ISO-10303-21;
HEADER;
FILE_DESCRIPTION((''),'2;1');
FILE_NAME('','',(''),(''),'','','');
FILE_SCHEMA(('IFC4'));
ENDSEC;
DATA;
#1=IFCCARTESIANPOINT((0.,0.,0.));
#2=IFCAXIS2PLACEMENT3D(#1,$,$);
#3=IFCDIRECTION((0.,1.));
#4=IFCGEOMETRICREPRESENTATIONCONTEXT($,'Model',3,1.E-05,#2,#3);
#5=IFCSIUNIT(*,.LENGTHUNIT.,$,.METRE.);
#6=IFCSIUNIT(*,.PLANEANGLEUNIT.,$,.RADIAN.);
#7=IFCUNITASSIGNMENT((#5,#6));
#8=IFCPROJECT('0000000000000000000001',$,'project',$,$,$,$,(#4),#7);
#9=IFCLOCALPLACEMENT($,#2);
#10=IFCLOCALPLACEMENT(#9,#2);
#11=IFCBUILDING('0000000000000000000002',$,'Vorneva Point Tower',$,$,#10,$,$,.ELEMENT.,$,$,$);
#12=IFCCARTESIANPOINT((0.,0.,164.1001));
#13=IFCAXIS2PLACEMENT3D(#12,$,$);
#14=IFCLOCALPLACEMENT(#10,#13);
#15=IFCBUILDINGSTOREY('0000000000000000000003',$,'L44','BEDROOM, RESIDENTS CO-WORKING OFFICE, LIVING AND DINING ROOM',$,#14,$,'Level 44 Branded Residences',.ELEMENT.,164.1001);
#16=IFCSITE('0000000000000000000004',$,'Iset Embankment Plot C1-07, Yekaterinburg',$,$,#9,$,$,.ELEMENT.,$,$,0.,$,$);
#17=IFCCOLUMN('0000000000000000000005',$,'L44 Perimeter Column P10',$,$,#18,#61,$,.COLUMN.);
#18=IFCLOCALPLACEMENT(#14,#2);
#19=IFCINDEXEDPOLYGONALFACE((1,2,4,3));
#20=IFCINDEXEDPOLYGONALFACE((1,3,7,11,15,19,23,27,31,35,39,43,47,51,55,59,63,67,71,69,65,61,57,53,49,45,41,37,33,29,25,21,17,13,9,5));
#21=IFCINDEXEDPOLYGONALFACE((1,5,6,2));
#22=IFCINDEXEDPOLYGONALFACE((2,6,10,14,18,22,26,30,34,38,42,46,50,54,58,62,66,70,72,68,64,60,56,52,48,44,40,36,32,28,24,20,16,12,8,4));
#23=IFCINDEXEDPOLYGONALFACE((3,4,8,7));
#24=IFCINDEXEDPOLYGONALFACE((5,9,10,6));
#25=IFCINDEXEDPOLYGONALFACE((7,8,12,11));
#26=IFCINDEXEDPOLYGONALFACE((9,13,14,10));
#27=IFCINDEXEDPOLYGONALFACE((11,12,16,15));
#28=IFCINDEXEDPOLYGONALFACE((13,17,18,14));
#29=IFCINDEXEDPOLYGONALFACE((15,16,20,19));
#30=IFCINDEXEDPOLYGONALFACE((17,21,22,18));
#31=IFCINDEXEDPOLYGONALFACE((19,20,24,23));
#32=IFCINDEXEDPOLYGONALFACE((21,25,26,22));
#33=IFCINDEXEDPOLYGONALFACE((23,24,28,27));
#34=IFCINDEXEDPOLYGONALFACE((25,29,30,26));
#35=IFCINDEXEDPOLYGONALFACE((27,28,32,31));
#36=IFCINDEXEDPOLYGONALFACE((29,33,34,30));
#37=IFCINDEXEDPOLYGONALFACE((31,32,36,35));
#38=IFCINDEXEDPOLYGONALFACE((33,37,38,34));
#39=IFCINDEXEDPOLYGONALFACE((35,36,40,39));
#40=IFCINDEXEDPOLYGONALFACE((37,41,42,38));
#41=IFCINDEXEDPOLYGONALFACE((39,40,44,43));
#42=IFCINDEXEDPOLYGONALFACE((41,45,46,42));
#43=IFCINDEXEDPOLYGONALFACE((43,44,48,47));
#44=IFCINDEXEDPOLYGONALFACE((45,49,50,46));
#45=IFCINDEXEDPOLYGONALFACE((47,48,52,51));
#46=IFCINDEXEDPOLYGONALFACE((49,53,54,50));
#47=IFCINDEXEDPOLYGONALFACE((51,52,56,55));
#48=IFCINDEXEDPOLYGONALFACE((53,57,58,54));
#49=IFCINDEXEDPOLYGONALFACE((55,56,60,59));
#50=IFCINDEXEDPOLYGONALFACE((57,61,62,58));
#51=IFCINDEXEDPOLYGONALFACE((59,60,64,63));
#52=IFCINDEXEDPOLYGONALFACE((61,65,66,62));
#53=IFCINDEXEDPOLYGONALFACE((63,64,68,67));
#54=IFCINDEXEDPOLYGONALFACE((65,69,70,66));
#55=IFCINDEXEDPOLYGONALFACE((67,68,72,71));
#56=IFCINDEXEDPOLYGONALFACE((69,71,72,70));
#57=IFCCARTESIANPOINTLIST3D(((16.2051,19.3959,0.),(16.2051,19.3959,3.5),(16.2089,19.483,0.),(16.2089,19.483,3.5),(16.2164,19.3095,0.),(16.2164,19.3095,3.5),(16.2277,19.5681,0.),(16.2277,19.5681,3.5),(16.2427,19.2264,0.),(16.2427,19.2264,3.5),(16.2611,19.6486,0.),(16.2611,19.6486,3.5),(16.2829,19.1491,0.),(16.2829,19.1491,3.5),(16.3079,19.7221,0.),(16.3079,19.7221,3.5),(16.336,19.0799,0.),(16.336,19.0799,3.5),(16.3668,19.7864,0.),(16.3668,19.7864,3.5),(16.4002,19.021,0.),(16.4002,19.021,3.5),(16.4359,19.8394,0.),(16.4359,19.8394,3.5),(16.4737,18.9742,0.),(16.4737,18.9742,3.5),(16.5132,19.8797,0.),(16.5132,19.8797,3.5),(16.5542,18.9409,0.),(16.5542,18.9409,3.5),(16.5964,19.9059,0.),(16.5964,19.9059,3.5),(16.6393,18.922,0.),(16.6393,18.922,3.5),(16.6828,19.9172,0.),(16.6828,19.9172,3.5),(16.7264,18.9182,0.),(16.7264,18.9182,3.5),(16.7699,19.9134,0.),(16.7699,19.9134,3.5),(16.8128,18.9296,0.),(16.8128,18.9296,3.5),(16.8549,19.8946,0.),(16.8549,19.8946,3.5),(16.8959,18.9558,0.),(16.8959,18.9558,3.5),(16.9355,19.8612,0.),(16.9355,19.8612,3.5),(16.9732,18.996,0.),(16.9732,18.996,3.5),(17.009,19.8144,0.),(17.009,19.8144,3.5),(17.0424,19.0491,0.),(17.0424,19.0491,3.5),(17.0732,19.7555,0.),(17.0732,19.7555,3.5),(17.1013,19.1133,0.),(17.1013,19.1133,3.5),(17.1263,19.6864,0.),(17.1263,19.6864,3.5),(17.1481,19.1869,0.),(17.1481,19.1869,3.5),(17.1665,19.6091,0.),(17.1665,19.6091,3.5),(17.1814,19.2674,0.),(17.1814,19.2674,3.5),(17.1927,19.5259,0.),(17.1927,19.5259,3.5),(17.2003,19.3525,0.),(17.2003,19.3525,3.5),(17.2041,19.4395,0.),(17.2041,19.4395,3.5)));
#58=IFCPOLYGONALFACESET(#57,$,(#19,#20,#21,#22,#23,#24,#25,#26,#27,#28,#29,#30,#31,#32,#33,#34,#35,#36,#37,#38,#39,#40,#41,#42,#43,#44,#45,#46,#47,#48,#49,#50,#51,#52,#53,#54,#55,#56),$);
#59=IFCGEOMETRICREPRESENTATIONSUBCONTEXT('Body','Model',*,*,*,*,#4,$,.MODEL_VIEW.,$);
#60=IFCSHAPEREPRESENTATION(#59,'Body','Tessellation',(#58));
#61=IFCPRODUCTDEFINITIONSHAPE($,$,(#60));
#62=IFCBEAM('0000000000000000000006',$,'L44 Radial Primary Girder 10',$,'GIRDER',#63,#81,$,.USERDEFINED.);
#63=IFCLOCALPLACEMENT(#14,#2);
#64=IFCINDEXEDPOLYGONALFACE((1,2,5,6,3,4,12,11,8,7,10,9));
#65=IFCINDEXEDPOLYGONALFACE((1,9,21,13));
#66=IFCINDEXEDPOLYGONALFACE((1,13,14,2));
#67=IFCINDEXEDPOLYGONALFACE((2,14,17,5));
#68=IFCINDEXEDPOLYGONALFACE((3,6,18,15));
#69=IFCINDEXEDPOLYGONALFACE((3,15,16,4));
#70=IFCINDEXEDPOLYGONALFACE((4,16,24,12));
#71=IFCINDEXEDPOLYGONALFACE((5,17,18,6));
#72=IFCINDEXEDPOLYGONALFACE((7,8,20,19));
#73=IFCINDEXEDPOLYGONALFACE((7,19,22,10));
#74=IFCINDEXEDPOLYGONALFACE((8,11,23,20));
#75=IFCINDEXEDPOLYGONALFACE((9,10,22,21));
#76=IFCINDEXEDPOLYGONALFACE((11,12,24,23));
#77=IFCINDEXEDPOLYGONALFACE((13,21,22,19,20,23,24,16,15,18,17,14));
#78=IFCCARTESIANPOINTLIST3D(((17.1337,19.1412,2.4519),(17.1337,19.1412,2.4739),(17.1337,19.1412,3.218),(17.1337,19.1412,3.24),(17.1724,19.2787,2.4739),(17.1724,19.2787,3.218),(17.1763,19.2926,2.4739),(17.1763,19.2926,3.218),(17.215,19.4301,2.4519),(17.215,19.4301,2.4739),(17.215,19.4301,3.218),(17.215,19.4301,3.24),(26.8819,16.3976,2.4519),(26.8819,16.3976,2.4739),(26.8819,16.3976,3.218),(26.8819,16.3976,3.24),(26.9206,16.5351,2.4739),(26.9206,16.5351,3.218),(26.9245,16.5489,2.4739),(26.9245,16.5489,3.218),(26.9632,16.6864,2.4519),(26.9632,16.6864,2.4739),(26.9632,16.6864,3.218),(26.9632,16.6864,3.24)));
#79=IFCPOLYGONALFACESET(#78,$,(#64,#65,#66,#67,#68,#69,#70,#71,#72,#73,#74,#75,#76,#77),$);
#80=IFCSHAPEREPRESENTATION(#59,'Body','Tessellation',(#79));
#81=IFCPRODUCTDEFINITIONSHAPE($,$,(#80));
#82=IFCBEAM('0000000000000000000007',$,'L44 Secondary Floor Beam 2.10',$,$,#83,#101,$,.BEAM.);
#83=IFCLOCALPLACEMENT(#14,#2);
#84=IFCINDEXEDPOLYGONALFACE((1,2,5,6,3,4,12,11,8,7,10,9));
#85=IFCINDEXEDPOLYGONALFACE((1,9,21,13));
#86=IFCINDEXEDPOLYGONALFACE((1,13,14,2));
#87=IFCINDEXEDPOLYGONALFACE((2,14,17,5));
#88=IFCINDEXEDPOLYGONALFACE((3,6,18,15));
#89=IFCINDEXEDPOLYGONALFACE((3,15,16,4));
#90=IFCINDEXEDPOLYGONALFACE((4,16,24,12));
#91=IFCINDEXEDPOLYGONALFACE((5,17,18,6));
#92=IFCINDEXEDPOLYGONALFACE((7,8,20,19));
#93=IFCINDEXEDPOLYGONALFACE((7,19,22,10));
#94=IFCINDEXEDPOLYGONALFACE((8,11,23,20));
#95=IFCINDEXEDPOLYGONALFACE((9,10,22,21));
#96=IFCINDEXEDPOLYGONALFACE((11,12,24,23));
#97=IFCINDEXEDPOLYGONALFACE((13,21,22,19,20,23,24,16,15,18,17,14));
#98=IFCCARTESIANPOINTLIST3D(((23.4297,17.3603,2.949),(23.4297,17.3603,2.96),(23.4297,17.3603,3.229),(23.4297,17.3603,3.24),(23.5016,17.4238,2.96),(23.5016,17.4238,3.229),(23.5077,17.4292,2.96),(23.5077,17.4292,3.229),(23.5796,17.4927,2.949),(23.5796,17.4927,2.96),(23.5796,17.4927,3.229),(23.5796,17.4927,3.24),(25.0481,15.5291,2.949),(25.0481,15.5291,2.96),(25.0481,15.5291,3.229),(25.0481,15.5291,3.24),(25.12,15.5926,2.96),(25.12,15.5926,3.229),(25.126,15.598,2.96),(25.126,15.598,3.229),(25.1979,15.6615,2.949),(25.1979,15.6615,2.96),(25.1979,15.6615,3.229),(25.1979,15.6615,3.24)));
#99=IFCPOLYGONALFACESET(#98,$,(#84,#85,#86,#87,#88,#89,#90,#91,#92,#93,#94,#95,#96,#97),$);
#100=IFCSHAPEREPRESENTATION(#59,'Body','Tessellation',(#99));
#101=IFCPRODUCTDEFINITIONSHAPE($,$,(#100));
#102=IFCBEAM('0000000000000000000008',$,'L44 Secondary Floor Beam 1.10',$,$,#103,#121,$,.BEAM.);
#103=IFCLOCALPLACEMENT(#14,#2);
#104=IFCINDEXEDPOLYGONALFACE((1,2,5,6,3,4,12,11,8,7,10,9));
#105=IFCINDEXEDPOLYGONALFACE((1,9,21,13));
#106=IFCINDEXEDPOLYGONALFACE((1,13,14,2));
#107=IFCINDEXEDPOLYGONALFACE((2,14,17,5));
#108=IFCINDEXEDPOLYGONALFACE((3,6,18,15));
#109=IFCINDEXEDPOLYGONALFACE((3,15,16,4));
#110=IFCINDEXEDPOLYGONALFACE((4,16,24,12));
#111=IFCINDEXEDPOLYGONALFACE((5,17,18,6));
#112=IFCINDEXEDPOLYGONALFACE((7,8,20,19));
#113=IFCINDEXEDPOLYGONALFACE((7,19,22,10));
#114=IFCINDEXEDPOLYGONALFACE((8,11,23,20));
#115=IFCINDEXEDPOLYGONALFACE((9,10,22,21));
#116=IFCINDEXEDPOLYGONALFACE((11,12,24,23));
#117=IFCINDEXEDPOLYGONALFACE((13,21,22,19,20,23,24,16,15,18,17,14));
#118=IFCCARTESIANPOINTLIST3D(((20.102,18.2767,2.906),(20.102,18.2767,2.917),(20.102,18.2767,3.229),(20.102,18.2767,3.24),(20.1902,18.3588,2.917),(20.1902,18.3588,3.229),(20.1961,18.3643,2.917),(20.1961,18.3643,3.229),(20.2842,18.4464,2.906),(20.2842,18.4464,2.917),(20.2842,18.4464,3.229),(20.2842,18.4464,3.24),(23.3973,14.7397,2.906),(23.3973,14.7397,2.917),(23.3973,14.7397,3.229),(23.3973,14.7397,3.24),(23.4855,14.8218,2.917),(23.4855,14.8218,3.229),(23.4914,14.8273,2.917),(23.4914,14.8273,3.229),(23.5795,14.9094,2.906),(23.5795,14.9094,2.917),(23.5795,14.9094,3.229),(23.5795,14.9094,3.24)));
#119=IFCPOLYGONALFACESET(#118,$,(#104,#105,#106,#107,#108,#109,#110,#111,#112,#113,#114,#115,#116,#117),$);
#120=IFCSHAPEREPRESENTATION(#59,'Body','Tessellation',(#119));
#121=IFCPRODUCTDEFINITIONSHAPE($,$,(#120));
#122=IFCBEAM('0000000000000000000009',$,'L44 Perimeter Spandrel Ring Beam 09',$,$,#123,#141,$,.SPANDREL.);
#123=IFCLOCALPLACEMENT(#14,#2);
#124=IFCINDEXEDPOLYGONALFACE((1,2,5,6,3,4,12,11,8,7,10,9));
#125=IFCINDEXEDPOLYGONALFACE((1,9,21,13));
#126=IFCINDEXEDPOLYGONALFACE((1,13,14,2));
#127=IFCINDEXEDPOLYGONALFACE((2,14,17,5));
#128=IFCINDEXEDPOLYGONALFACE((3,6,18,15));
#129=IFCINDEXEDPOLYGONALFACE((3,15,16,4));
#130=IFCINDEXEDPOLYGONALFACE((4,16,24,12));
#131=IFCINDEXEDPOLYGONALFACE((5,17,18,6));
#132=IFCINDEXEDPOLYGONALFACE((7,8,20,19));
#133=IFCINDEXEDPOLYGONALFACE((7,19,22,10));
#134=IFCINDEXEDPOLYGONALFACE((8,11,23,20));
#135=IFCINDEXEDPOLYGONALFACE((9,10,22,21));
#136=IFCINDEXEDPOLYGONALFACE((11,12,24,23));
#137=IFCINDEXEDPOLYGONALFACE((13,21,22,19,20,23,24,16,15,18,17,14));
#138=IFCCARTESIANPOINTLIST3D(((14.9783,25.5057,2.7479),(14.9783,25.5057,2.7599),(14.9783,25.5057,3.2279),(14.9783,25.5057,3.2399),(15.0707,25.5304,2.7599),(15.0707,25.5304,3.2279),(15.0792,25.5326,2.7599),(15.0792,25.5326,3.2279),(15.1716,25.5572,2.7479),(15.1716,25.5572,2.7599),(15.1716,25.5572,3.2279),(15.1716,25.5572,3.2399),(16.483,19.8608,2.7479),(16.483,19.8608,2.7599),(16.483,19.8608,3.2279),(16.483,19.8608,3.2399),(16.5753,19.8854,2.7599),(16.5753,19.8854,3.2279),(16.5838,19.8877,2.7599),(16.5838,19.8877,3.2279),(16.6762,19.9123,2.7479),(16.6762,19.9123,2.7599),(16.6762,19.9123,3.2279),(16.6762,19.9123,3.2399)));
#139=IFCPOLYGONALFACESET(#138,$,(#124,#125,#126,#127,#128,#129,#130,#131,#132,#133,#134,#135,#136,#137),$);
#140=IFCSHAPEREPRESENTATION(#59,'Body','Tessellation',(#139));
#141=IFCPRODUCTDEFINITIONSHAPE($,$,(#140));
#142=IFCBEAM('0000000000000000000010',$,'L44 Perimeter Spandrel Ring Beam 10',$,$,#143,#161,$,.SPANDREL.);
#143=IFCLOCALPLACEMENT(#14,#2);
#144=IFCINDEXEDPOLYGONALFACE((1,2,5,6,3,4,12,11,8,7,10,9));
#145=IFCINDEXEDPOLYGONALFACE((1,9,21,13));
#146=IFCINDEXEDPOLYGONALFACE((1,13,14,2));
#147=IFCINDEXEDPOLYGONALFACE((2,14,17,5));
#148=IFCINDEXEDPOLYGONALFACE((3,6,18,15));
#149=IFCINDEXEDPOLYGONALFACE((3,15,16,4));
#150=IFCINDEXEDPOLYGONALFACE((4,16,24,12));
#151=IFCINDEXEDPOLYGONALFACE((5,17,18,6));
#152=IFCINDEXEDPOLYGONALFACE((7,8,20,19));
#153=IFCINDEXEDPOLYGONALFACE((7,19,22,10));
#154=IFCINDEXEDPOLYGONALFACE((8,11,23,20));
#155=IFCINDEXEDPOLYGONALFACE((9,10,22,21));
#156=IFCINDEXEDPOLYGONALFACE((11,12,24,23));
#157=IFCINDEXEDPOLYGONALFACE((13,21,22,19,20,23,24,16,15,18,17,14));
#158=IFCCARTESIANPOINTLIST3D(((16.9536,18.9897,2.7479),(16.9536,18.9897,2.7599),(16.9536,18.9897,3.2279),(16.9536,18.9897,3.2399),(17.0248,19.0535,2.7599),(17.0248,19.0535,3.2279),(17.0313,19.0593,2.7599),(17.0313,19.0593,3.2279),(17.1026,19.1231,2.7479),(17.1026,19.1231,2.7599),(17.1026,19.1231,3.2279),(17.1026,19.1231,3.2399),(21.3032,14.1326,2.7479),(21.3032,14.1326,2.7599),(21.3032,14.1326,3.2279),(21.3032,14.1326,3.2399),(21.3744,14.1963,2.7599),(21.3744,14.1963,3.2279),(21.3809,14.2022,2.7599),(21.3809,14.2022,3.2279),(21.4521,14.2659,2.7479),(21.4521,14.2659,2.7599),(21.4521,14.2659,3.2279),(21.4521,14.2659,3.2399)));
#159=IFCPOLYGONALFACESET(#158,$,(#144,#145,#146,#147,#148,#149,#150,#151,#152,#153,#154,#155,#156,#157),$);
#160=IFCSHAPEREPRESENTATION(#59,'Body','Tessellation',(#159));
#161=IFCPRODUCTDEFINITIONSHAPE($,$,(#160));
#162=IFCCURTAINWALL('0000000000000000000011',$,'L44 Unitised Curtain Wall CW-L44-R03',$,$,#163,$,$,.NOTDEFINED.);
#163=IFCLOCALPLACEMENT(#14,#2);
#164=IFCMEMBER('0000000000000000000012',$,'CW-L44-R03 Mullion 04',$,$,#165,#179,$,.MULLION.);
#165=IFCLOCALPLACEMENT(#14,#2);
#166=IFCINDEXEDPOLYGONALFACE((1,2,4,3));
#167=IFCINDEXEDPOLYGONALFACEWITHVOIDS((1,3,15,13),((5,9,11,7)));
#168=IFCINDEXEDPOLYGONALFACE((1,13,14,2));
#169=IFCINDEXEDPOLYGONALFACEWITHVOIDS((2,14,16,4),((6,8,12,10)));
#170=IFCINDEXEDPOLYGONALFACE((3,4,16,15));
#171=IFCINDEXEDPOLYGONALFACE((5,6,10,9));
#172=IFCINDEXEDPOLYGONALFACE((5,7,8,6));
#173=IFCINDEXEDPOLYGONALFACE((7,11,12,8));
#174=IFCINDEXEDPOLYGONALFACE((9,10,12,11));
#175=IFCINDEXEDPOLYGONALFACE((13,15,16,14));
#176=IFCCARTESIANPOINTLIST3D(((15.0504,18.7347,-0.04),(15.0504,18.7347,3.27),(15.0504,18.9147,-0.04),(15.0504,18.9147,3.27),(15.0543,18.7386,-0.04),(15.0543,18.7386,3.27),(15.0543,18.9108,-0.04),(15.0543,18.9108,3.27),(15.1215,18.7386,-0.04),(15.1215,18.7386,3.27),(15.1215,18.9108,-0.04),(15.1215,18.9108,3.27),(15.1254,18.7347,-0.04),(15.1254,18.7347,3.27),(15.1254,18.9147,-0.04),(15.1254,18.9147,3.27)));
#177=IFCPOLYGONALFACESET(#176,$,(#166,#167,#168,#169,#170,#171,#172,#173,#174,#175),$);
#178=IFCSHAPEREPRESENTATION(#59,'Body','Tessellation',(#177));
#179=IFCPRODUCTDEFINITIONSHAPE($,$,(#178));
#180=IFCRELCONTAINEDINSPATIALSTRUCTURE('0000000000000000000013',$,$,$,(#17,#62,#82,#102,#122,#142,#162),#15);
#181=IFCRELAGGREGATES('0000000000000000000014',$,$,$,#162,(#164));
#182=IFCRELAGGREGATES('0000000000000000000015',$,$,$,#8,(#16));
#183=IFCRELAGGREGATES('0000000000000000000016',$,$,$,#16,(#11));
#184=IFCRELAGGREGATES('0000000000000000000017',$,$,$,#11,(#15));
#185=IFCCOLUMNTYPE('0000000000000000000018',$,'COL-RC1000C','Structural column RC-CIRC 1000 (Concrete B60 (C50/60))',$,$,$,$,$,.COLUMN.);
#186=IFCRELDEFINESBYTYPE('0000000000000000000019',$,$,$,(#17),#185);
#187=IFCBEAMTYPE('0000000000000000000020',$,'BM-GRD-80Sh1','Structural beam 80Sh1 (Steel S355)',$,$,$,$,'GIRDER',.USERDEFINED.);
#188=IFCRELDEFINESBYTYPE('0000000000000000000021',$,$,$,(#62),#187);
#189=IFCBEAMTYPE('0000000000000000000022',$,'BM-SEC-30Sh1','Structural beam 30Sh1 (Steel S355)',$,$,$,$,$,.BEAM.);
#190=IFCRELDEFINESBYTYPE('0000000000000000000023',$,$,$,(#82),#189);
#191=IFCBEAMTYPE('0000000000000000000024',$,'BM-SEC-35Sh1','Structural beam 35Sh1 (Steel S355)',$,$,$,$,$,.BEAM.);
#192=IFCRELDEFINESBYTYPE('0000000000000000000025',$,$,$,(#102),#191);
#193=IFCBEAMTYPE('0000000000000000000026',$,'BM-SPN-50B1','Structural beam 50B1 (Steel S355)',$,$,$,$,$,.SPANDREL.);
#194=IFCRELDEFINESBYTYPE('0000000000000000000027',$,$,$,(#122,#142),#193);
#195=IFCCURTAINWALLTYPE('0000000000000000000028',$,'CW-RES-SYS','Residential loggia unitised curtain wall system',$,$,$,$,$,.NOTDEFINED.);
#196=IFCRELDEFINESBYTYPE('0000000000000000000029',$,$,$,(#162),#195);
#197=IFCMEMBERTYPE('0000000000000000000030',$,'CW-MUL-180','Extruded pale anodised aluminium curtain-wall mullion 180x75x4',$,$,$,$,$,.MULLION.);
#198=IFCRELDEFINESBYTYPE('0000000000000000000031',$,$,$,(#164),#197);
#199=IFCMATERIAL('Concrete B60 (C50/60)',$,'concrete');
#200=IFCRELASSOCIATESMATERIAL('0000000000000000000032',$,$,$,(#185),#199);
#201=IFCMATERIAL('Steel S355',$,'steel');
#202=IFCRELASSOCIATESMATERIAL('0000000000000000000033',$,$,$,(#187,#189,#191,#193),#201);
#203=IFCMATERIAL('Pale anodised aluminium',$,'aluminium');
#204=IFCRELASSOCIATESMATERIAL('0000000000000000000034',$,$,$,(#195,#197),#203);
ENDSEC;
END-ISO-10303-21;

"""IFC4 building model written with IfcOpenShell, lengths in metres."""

from ifc_helpers import new_model, si_unit, direction, frame, origin, origin_2d, place, context, subcontext, project, spatial, hollow_rectangle, circle, i_section, extrude, material, material_profile, profile_set, type_object, element, aggregate, save


model = new_model("IFC4")

# Units and contexts
model_context = context("Model", 3, precision=1e-05, world=origin(), true_north=direction((0.0, 1.0)))
body_context = subcontext(model_context, "Body", "Model", "MODEL_VIEW")
ifc_project = project(units=[si_unit("LENGTHUNIT", "METRE"), si_unit("PLANEANGLEUNIT", "RADIAN")], contexts=[model_context])

# Site, building, storey
site_placement = place(None, origin())
site = spatial("IfcSite", under=ifc_project, at=site_placement, Name="Iset Embankment Plot C1-07, Yekaterinburg", CompositionType="ELEMENT", RefElevation=0.0)
building_placement = place(site_placement, origin())
building = spatial("IfcBuilding", under=site, at=building_placement, Name="Vorneva Point Tower", CompositionType="ELEMENT")
storey_placement = place(building_placement, frame((0.0, 0.0, 164.1001)))
storey = spatial("IfcBuildingStorey", under=building, at=storey_placement, Name="L44", Description="BEDROOM, RESIDENTS CO-WORKING OFFICE, LIVING AND DINING ROOM", LongName="Level 44 Branded Residences", CompositionType="ELEMENT", Elevation=164.1001)

# Column
ifc_material_1 = material(Name="Concrete B60 (C50/60)", Category="concrete")
ifc_material_profile_1 = material_profile(ifc_material_1, circle(Radius=0.5, at=origin_2d()), Name="RC-CIRC 1000")
ifc_profile_set_1 = profile_set([ifc_material_profile_1], Name="Concrete B60 (C50/60)")
column_type = type_object("IfcColumnType", Name="COL-RC1000C", Description="Structural column RC-CIRC 1000 (Concrete B60 (C50/60))", PredefinedType="COLUMN", material=ifc_profile_set_1)
column_placement = place(storey_placement, frame((16.7046, 19.4177, 0.0), z_axis=(0.0, 0.0, 1.0), x_axis=(-0.92388, -0.382683, 0.0)))
element("IfcColumn", 1, at=column_placement, inside=storey, type_object=column_type, Name="L44 Perimeter Column P10", PredefinedType="COLUMN", context=body_context, shape_type="SweptSolid", body=[
    extrude(circle(Radius=0.5, at=origin_2d()), origin(), (0.0, 0.0, 1.0), 3.5),
])

# Beams
ifc_material_2 = material(Name="Steel S355", Category="steel")
ifc_material_profile_2 = material_profile(ifc_material_2, i_section(OverallWidth=0.3, OverallDepth=0.7881, WebThickness=0.0144, FlangeThickness=0.022, at=origin_2d()), Name="80Sh1")
ifc_profile_set_2 = profile_set([ifc_material_profile_2], Name="Steel S355")
beam_type_1 = type_object("IfcBeamType", Name="BM-GRD-80Sh1", Description="Structural beam 80Sh1 (Steel S355)", ElementType="GIRDER", PredefinedType="USERDEFINED", material=ifc_profile_set_2)
beam_1_placement = place(storey_placement, frame((17.1743, 19.2856, 2.8459), z_axis=(0.962601, -0.270924, 0.0), x_axis=(0.270924, 0.962601, 0.0)))
element("IfcBeam", 2, at=beam_1_placement, inside=storey, type_object=beam_type_1, Name="L44 Radial Primary Girder 10", ObjectType="GIRDER", PredefinedType="USERDEFINED", context=body_context, shape_type="SweptSolid", body=[
    extrude(i_section(OverallWidth=0.3, OverallDepth=0.7881, WebThickness=0.0144, FlangeThickness=0.022, at=origin_2d()), origin(), (0.0, 0.0, 1.0), 10.127),
])
ifc_material_profile_3 = material_profile(ifc_material_2, i_section(OverallWidth=0.2, OverallDepth=0.291, WebThickness=0.0081, FlangeThickness=0.011, at=origin_2d()), Name="30Sh1")
ifc_profile_set_3 = profile_set([ifc_material_profile_3], Name="Steel S355")
beam_type_2 = type_object("IfcBeamType", Name="BM-SEC-30Sh1", Description="Structural beam 30Sh1 (Steel S355)", PredefinedType="BEAM", material=ifc_profile_set_3)
beam_2_placement = place(storey_placement, frame((23.5046, 17.4265, 3.0945), z_axis=(0.66221, -0.749319, 0.0), x_axis=(0.749319, 0.66221, 0.0)))
element("IfcBeam", 3, at=beam_2_placement, inside=storey, type_object=beam_type_2, Name="L44 Secondary Floor Beam 2.10", PredefinedType="BEAM", context=body_context, shape_type="SweptSolid", body=[
    extrude(i_section(OverallWidth=0.2, OverallDepth=0.291, WebThickness=0.0081, FlangeThickness=0.011, at=origin_2d()), origin(), (0.0, 0.0, 1.0), 2.4438),
])
ifc_material_profile_4 = material_profile(ifc_material_2, i_section(OverallWidth=0.249, OverallDepth=0.334, WebThickness=0.0081, FlangeThickness=0.011, at=origin_2d()), Name="35Sh1")
ifc_profile_set_4 = profile_set([ifc_material_profile_4], Name="Steel S355")
beam_type_3 = type_object("IfcBeamType", Name="BM-SEC-35Sh1", Description="Structural beam 35Sh1 (Steel S355)", PredefinedType="BEAM", material=ifc_profile_set_4)
beam_3_placement = place(storey_placement, frame((20.1931, 18.3616, 3.073), z_axis=(0.681667, -0.731663, 0.0), x_axis=(0.731663, 0.681667, 0.0)))
element("IfcBeam", 4, at=beam_3_placement, inside=storey, type_object=beam_type_3, Name="L44 Secondary Floor Beam 1.10", PredefinedType="BEAM", context=body_context, shape_type="SweptSolid", body=[
    extrude(i_section(OverallWidth=0.249, OverallDepth=0.334, WebThickness=0.0081, FlangeThickness=0.011, at=origin_2d()), origin(), (0.0, 0.0, 1.0), 4.8342),
])
ifc_material_profile_5 = material_profile(ifc_material_2, i_section(OverallWidth=0.2, OverallDepth=0.4919, WebThickness=0.0088, FlangeThickness=0.012, at=origin_2d()), Name="50B1")
ifc_profile_set_5 = profile_set([ifc_material_profile_5], Name="Steel S355")
beam_type_4 = type_object("IfcBeamType", Name="BM-SPN-50B1", Description="Structural beam 50B1 (Steel S355)", PredefinedType="SPANDREL", material=ifc_profile_set_5)
beam_4_placement = place(storey_placement, frame((15.075, 25.5315, 2.9939), z_axis=(0.257551, -0.966265, 0.0), x_axis=(0.966265, 0.257551, 0.0)))
element("IfcBeam", 5, at=beam_4_placement, inside=storey, type_object=beam_type_4, Name="L44 Perimeter Spandrel Ring Beam 09", PredefinedType="SPANDREL", context=body_context, shape_type="SweptSolid", body=[
    extrude(i_section(OverallWidth=0.2, OverallDepth=0.4919, WebThickness=0.0088, FlangeThickness=0.012, at=origin_2d()), origin(), (0.0, 0.0, 1.0), 5.842),
])
beam_5_placement = place(storey_placement, frame((17.0281, 19.0564, 2.9939), z_axis=(0.667111, -0.744958, 0.0), x_axis=(0.744958, 0.667111, 0.0)))
element("IfcBeam", 6, at=beam_5_placement, inside=storey, type_object=beam_type_4, Name="L44 Perimeter Spandrel Ring Beam 10", PredefinedType="SPANDREL", context=body_context, shape_type="SweptSolid", body=[
    extrude(i_section(OverallWidth=0.2, OverallDepth=0.4919, WebThickness=0.0088, FlangeThickness=0.012, at=origin_2d()), origin(), (0.0, 0.0, 1.0), 6.52),
])

# Curtain wall, member
ifc_material_3 = material(Name="Pale anodised aluminium", Category="aluminium")
curtain_wall_type = type_object("IfcCurtainWallType", Name="CW-RES-SYS", Description="Residential loggia unitised curtain wall system", PredefinedType="NOTDEFINED", material=ifc_material_3)
curtain_wall_placement = place(storey_placement, origin())
curtain_wall = element("IfcCurtainWall", 7, at=curtain_wall_placement, inside=storey, type_object=curtain_wall_type, Name="L44 Unitised Curtain Wall CW-L44-R03", PredefinedType="NOTDEFINED")
ifc_material_profile_6 = material_profile(ifc_material_3, hollow_rectangle(XDim=0.075, YDim=0.1799, WallThickness=0.0039, at=origin_2d()), Name="AL-MUL 180x75x4")
ifc_profile_set_6 = profile_set([ifc_material_profile_6], Name="Pale anodised aluminium")
member_type_1 = type_object("IfcMemberType", Name="CW-MUL-180", Description="Extruded pale anodised aluminium curtain-wall mullion 180x75x4", PredefinedType="MULLION", material=ifc_profile_set_6)
member_1_placement = place(storey_placement, frame((15.0879, 18.8247, -0.04), z_axis=(0.0, 0.0, 1.0), x_axis=(1.0, 0.0, 0.0)))
member_1 = element("IfcMember", 8, at=member_1_placement, type_object=member_type_1, Name="CW-L44-R03 Mullion 04", PredefinedType="MULLION", context=body_context, shape_type="SweptSolid", body=[
    extrude(hollow_rectangle(XDim=0.075, YDim=0.1799, WallThickness=0.0039, at=origin_2d()), origin(), (0.0, 0.0, 1.0), 3.3101),
])
aggregate(curtain_wall, [member_1])

save(model, "model.ifc")
